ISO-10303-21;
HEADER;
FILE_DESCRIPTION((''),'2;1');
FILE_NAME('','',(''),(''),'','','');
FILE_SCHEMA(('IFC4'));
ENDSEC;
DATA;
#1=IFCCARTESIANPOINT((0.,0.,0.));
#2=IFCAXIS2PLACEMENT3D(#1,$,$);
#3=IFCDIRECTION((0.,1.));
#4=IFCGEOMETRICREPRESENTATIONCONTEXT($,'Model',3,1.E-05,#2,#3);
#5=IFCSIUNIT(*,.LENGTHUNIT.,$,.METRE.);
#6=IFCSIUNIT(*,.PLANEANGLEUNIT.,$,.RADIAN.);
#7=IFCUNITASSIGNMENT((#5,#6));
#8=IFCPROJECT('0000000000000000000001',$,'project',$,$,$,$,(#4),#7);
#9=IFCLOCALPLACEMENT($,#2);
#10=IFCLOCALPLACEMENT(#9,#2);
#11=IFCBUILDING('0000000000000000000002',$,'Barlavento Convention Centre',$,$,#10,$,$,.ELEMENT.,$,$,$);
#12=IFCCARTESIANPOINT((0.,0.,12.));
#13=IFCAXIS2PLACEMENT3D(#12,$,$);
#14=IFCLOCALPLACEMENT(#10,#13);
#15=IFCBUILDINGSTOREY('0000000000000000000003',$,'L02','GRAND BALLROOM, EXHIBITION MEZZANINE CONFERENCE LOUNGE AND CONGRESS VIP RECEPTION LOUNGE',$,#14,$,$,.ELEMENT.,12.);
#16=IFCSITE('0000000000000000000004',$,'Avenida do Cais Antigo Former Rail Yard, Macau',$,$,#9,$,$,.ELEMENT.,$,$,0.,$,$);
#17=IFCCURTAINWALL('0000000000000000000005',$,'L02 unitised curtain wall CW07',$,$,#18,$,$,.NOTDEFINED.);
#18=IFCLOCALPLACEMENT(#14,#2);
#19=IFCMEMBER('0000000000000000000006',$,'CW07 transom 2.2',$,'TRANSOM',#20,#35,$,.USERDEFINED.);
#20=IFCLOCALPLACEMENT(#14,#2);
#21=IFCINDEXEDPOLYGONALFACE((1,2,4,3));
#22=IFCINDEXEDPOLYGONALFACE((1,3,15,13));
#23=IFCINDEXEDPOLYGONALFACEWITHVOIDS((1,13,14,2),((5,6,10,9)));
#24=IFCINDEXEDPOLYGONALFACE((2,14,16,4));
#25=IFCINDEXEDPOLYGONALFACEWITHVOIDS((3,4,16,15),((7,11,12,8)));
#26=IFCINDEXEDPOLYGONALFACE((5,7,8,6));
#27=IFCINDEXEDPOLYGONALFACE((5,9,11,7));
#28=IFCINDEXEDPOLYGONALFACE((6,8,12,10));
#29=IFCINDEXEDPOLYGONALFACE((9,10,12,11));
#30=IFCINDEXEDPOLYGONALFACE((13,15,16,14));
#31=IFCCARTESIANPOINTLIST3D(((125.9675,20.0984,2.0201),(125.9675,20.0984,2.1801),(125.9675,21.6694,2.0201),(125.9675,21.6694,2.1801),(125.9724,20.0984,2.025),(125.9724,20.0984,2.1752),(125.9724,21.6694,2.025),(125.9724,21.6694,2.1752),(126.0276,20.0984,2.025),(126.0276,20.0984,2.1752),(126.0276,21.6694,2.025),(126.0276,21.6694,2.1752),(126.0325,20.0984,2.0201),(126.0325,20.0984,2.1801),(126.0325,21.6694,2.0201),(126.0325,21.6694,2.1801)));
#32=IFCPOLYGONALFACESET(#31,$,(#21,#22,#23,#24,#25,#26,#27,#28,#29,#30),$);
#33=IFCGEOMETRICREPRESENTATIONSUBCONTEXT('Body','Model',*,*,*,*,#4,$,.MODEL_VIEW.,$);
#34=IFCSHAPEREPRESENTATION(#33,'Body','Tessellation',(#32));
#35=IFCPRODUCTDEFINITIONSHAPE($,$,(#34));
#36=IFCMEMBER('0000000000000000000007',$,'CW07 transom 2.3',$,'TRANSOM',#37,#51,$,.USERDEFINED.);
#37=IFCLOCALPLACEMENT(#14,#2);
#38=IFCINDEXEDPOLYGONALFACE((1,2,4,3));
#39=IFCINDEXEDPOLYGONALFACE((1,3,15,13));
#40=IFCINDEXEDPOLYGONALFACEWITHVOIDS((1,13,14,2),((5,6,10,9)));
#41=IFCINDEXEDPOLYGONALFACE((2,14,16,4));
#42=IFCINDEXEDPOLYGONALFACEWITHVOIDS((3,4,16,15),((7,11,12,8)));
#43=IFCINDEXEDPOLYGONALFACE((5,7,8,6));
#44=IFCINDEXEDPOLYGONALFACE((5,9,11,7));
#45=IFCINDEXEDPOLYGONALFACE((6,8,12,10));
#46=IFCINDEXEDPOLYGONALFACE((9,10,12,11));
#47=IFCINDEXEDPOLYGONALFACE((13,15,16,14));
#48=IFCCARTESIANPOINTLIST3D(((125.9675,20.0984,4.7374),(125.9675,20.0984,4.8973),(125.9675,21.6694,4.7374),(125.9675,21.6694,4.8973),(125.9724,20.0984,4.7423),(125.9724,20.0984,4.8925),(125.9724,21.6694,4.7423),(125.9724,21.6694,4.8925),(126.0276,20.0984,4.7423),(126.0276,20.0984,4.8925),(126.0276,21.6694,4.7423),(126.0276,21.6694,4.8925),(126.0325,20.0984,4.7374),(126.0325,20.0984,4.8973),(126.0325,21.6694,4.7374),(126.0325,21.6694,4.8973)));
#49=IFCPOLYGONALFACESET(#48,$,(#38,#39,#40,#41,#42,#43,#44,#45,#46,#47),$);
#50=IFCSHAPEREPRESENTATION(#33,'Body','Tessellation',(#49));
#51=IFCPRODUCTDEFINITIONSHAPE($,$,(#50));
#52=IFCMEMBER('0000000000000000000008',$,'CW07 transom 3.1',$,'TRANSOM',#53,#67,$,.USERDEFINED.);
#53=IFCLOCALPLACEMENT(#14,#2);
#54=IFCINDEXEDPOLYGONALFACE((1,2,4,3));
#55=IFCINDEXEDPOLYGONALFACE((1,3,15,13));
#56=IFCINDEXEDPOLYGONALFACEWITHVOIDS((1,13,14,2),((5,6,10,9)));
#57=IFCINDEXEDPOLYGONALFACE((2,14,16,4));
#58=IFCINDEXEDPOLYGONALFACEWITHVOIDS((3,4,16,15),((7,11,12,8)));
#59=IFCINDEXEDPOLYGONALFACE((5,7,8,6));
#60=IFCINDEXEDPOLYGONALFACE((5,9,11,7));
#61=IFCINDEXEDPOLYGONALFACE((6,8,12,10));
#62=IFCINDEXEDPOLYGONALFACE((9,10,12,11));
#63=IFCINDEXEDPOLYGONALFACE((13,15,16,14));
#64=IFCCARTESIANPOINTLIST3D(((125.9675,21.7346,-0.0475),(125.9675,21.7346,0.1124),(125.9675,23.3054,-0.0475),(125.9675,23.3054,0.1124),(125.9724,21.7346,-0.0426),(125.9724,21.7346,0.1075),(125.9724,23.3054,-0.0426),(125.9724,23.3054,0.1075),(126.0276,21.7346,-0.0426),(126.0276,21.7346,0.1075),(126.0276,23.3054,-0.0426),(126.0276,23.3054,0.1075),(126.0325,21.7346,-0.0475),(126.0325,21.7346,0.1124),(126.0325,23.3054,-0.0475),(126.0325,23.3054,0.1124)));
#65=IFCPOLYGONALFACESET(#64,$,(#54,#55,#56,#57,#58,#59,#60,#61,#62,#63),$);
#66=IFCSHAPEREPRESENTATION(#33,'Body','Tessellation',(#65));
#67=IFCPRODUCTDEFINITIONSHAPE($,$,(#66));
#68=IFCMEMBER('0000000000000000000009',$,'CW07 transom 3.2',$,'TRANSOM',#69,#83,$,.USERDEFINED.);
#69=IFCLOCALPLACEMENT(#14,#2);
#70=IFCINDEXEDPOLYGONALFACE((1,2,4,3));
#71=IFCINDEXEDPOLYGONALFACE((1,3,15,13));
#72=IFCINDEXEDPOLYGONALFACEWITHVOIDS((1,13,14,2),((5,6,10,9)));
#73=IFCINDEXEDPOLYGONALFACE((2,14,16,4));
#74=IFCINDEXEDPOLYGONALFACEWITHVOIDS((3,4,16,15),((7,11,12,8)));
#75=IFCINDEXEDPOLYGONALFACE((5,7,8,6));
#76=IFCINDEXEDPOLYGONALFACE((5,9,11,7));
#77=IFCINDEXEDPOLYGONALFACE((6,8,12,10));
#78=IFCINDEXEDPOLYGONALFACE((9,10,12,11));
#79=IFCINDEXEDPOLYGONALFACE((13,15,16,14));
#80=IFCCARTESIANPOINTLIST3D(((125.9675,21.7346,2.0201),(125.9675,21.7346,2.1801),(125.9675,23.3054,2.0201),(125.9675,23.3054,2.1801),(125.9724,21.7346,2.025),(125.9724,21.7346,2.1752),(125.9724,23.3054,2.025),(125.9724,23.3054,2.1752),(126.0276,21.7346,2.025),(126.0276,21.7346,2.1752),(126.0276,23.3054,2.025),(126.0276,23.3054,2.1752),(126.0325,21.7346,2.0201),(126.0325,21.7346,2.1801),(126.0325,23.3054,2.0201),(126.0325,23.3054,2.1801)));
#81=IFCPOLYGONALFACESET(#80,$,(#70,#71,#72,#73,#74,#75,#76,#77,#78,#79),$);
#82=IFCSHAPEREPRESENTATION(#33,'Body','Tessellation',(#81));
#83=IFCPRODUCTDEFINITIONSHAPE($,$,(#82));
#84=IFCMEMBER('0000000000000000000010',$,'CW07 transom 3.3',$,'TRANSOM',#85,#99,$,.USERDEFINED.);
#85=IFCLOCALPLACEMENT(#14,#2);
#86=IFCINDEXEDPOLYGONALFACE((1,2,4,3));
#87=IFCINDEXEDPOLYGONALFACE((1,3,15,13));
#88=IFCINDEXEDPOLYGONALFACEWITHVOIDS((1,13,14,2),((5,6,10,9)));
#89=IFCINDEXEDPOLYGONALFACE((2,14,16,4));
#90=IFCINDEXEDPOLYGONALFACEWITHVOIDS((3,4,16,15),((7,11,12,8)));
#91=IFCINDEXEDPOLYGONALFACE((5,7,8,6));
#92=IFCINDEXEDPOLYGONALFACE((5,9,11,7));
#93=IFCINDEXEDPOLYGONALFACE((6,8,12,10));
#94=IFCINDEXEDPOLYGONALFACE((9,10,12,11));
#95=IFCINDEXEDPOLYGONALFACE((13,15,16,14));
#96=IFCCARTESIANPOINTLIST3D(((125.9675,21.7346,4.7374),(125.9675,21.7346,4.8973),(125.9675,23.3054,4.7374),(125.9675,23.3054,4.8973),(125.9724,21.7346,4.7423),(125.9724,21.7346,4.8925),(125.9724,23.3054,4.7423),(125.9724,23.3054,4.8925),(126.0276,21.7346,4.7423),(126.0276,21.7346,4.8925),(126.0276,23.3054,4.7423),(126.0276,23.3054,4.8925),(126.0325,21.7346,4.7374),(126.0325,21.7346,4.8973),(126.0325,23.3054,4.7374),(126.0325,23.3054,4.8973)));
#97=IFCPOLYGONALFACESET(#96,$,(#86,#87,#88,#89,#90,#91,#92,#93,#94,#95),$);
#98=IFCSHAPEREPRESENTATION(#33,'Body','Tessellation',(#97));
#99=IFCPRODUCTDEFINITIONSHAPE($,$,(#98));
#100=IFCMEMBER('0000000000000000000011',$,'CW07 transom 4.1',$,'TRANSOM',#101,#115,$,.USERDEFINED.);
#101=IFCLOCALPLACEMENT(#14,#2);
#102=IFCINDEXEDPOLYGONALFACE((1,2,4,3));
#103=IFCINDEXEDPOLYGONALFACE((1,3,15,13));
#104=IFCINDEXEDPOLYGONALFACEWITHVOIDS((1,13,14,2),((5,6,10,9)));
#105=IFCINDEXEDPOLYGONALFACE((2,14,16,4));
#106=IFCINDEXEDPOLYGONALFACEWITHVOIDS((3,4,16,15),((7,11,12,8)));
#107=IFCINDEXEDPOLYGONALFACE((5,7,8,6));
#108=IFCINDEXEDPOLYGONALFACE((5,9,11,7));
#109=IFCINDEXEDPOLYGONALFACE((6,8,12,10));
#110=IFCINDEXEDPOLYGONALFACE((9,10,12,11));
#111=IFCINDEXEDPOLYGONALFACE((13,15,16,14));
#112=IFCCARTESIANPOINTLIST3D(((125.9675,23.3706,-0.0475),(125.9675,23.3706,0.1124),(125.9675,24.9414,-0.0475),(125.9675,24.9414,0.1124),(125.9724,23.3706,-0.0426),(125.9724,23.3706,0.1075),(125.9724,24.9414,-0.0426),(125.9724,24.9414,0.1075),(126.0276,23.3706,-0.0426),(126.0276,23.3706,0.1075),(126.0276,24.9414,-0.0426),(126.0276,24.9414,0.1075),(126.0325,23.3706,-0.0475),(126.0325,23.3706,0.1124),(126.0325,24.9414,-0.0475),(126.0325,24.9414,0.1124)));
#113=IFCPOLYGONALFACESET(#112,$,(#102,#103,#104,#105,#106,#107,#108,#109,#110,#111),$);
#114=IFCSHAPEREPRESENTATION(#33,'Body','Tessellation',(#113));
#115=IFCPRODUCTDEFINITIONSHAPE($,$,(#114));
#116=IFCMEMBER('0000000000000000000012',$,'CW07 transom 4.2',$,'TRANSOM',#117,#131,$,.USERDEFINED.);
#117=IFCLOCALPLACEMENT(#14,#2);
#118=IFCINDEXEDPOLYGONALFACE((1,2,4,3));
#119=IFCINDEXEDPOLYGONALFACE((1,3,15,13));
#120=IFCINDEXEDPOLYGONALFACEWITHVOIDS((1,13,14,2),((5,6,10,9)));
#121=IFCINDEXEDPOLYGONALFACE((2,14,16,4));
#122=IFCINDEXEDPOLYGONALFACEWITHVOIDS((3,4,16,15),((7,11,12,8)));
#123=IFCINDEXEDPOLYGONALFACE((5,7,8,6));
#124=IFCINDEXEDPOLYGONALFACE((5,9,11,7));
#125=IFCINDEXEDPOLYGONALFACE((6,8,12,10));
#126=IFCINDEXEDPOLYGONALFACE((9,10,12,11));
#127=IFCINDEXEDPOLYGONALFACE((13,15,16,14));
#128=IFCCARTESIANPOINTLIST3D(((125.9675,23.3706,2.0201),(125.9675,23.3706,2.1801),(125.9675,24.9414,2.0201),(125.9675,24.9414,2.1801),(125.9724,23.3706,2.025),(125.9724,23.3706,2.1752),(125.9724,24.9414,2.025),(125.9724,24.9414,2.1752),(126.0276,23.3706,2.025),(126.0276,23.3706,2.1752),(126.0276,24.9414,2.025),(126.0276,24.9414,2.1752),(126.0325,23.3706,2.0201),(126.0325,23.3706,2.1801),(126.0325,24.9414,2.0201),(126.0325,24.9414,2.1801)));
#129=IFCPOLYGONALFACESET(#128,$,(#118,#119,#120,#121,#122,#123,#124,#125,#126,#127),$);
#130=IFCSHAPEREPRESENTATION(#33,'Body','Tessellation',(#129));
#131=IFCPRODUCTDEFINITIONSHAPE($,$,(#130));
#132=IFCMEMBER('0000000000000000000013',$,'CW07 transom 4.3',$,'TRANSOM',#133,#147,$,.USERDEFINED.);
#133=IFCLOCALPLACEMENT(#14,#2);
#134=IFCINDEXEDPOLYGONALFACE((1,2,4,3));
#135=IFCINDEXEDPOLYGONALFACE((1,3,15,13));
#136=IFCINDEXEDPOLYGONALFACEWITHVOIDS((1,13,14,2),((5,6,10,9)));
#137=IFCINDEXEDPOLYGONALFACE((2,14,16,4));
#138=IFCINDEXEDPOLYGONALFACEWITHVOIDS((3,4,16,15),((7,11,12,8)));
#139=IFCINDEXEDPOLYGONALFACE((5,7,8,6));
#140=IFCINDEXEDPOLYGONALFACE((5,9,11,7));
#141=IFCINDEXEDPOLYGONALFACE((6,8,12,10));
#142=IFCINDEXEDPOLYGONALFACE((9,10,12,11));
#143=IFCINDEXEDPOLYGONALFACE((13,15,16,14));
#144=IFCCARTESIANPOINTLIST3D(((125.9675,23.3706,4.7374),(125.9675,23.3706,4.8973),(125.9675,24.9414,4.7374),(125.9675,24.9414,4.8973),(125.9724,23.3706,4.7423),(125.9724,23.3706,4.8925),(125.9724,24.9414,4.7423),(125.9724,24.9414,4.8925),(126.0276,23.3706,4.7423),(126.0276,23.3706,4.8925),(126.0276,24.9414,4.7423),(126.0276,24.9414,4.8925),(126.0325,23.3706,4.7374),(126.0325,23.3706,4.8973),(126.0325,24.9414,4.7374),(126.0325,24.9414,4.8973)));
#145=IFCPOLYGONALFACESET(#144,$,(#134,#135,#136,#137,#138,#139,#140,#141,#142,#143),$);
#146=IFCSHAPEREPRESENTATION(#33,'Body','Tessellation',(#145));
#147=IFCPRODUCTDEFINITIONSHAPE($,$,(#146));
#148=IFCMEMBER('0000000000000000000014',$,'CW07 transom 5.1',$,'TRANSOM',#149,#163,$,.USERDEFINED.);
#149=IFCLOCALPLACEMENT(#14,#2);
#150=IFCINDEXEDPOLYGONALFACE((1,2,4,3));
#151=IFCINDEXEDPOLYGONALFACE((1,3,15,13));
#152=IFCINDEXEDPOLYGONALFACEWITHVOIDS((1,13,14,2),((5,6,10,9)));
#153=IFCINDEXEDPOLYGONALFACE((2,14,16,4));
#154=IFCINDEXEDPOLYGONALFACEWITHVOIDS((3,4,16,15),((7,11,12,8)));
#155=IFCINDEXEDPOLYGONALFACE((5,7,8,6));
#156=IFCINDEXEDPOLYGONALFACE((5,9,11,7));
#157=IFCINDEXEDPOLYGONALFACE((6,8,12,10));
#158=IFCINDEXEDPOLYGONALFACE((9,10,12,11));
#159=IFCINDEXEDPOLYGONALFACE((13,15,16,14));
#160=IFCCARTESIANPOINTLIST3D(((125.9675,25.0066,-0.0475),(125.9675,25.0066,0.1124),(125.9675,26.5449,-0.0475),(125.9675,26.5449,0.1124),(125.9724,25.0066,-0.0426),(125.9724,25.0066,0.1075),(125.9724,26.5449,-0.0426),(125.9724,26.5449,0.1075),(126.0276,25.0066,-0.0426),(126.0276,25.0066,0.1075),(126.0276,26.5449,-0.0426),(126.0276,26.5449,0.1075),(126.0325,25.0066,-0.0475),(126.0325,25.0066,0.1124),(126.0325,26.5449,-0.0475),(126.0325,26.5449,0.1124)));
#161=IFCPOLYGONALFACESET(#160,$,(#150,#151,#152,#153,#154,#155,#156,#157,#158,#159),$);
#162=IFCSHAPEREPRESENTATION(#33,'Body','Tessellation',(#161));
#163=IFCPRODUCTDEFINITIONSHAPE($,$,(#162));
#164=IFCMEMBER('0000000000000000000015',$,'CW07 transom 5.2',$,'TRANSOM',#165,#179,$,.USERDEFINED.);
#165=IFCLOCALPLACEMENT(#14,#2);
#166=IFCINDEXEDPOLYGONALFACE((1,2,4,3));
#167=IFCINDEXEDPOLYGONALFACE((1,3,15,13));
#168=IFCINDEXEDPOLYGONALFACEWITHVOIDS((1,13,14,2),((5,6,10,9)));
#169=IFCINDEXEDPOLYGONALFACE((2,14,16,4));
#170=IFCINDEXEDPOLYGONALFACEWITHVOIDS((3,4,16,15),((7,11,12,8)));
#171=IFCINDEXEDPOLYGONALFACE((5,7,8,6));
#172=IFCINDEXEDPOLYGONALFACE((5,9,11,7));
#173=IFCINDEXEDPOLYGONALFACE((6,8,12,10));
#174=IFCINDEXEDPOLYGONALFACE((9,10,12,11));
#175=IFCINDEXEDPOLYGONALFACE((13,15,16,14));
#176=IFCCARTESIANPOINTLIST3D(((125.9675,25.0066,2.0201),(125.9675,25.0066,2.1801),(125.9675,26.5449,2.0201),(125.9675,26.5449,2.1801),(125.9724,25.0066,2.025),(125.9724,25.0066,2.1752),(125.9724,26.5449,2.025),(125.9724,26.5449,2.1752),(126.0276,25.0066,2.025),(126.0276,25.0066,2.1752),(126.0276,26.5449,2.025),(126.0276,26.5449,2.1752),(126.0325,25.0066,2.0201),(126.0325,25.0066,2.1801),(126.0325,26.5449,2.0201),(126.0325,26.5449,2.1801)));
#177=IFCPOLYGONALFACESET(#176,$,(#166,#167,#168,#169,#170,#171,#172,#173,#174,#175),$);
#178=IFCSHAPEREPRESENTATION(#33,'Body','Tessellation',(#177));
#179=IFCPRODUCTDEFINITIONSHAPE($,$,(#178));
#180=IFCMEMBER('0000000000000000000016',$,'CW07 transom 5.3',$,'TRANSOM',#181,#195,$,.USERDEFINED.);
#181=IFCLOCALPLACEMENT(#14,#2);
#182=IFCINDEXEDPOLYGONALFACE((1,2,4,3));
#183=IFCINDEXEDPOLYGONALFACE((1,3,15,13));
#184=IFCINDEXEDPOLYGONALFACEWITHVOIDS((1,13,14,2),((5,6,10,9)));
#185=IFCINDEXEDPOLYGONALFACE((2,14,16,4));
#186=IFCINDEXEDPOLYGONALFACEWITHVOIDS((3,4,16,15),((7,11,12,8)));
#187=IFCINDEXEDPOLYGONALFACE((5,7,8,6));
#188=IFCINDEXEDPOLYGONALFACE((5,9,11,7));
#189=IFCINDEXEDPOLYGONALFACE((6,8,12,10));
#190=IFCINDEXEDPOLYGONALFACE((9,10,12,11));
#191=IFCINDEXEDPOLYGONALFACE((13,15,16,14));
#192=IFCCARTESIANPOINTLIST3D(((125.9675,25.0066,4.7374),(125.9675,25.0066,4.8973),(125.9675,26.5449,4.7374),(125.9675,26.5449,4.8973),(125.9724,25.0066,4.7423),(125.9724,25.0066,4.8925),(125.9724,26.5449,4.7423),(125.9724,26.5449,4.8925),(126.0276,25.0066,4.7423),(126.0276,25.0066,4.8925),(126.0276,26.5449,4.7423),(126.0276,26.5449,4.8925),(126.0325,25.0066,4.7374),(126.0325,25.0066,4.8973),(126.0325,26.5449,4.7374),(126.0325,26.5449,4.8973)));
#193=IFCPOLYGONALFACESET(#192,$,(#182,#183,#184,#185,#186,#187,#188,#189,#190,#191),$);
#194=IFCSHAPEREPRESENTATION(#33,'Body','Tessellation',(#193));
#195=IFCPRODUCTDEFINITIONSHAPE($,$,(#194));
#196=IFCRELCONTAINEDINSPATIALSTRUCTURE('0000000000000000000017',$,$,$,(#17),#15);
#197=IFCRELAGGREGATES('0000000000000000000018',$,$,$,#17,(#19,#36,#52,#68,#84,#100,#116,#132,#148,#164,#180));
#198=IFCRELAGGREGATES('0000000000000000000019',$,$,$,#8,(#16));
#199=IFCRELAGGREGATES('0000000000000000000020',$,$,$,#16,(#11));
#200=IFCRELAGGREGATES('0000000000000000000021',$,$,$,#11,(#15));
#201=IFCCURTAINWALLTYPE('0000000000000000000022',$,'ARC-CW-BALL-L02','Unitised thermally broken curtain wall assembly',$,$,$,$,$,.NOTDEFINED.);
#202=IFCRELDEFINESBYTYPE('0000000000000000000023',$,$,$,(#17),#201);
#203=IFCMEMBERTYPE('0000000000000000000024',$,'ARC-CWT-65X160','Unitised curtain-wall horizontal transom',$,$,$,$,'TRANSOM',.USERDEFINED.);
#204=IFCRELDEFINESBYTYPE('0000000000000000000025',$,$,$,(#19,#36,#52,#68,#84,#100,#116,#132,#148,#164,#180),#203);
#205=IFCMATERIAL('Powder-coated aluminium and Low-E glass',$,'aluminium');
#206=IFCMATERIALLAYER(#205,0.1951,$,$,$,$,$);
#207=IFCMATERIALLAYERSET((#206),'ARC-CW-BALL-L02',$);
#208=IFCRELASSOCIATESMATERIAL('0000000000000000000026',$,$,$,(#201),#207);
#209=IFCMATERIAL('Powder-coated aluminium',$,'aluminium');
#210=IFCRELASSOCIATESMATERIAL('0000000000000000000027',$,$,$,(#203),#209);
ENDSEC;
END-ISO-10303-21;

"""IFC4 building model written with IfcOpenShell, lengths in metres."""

from ifc_helpers import new_model, si_unit, direction, frame, origin, origin_2d, place, context, subcontext, project, spatial, hollow_rectangle, extrude, material, layer, layer_set, material_profile, profile_set, type_object, element, aggregate, save


model = new_model("IFC4")

# Units and contexts
model_context = context("Model", 3, precision=1e-05, world=origin(), true_north=direction((0.0, 1.0)))
body_context = subcontext(model_context, "Body", "Model", "MODEL_VIEW")
ifc_project = project(units=[si_unit("LENGTHUNIT", "METRE"), si_unit("PLANEANGLEUNIT", "RADIAN")], contexts=[model_context])

# Site, building, storey
site_placement = place(None, origin())
site = spatial("IfcSite", under=ifc_project, at=site_placement, Name="Avenida do Cais Antigo Former Rail Yard, Macau", CompositionType="ELEMENT", RefElevation=0.0)
building_placement = place(site_placement, origin())
building = spatial("IfcBuilding", under=site, at=building_placement, Name="Barlavento Convention Centre", CompositionType="ELEMENT")
storey_placement = place(building_placement, frame((0.0, 0.0, 12.0)))
storey = spatial("IfcBuildingStorey", under=building, at=storey_placement, Name="L02", Description="GRAND BALLROOM, EXHIBITION MEZZANINE CONFERENCE LOUNGE AND CONGRESS VIP RECEPTION LOUNGE", CompositionType="ELEMENT", Elevation=12.0)

# Shared definitions
ifc_material_1 = material(Name="Powder-coated aluminium and Low-E glass", Category="aluminium")
ifc_layer_1 = layer(ifc_material_1, 0.1951)
ifc_layer_set_1 = layer_set([ifc_layer_1], Name="ARC-CW-BALL-L02")
curtain_wall_type = type_object("IfcCurtainWallType", Name="ARC-CW-BALL-L02", Description="Unitised thermally broken curtain wall assembly", PredefinedType="NOTDEFINED", material=ifc_layer_set_1)
ifc_material_2 = material(Name="Powder-coated aluminium", Category="aluminium")

# Curtain wall, members
curtain_wall_1_placement = place(storey_placement, origin())
curtain_wall_1 = element("IfcCurtainWall", 1, at=curtain_wall_1_placement, inside=storey, type_object=curtain_wall_type, Name="L02 unitised curtain wall CW07", PredefinedType="NOTDEFINED")
ifc_material_profile_1 = material_profile(ifc_material_2, hollow_rectangle(XDim=0.0649, YDim=0.1599, WallThickness=0.0049, at=origin_2d()), Name="AL-TRAN 65x160x5")
ifc_profile_set_1 = profile_set([ifc_material_profile_1], Name="Powder-coated aluminium")
member_type_1 = type_object("IfcMemberType", Name="ARC-CWT-65X160", Description="Unitised curtain-wall horizontal transom", ElementType="TRANSOM", PredefinedType="USERDEFINED", material=ifc_profile_set_1)
member_1_placement = place(storey_placement, frame((126.0, 20.0984, 2.1001), z_axis=(0.0, 1.0, 0.0), x_axis=(-1.0, 0.0, 0.0)))
member_1 = element("IfcMember", 2, at=member_1_placement, type_object=member_type_1, Name="CW07 transom 2.2", ObjectType="TRANSOM", PredefinedType="USERDEFINED", context=body_context, shape_type="SweptSolid", body=[
    extrude(hollow_rectangle(XDim=0.0649, YDim=0.1599, WallThickness=0.0049, at=origin_2d()), origin(), (0.0, 0.0, 1.0), 1.571),
])
member_2_placement = place(storey_placement, frame((126.0, 20.0984, 4.8174), z_axis=(0.0, 1.0, 0.0), x_axis=(-1.0, 0.0, 0.0)))
member_2 = element("IfcMember", 3, at=member_2_placement, type_object=member_type_1, Name="CW07 transom 2.3", ObjectType="TRANSOM", PredefinedType="USERDEFINED", context=body_context, shape_type="SweptSolid", body=[
    extrude(hollow_rectangle(XDim=0.0649, YDim=0.1599, WallThickness=0.0049, at=origin_2d()), origin(), (0.0, 0.0, 1.0), 1.571),
])
member_3_placement = place(storey_placement, frame((126.0, 21.7346, 0.0325), z_axis=(0.0, 1.0, 0.0), x_axis=(-1.0, 0.0, 0.0)))
member_3 = element("IfcMember", 4, at=member_3_placement, type_object=member_type_1, Name="CW07 transom 3.1", ObjectType="TRANSOM", PredefinedType="USERDEFINED", context=body_context, shape_type="SweptSolid", body=[
    extrude(hollow_rectangle(XDim=0.0649, YDim=0.1599, WallThickness=0.0049, at=origin_2d()), origin(), (0.0, 0.0, 1.0), 1.5708),
])
member_4_placement = place(storey_placement, frame((126.0, 21.7346, 2.1001), z_axis=(0.0, 1.0, 0.0), x_axis=(-1.0, 0.0, 0.0)))
member_4 = element("IfcMember", 5, at=member_4_placement, type_object=member_type_1, Name="CW07 transom 3.2", ObjectType="TRANSOM", PredefinedType="USERDEFINED", context=body_context, shape_type="SweptSolid", body=[
    extrude(hollow_rectangle(XDim=0.0649, YDim=0.1599, WallThickness=0.0049, at=origin_2d()), origin(), (0.0, 0.0, 1.0), 1.5708),
])
member_5_placement = place(storey_placement, frame((126.0, 21.7346, 4.8174), z_axis=(0.0, 1.0, 0.0), x_axis=(-1.0, 0.0, 0.0)))
member_5 = element("IfcMember", 6, at=member_5_placement, type_object=member_type_1, Name="CW07 transom 3.3", ObjectType="TRANSOM", PredefinedType="USERDEFINED", context=body_context, shape_type="SweptSolid", body=[
    extrude(hollow_rectangle(XDim=0.0649, YDim=0.1599, WallThickness=0.0049, at=origin_2d()), origin(), (0.0, 0.0, 1.0), 1.5708),
])
member_6_placement = place(storey_placement, frame((126.0, 23.3706, 0.0325), z_axis=(0.0, 1.0, 0.0), x_axis=(-1.0, 0.0, 0.0)))
member_6 = element("IfcMember", 7, at=member_6_placement, type_object=member_type_1, Name="CW07 transom 4.1", ObjectType="TRANSOM", PredefinedType="USERDEFINED", context=body_context, shape_type="SweptSolid", body=[
    extrude(hollow_rectangle(XDim=0.0649, YDim=0.1599, WallThickness=0.0049, at=origin_2d()), origin(), (0.0, 0.0, 1.0), 1.5708),
])
member_7_placement = place(storey_placement, frame((126.0, 23.3706, 2.1001), z_axis=(0.0, 1.0, 0.0), x_axis=(-1.0, 0.0, 0.0)))
member_7 = element("IfcMember", 8, at=member_7_placement, type_object=member_type_1, Name="CW07 transom 4.2", ObjectType="TRANSOM", PredefinedType="USERDEFINED", context=body_context, shape_type="SweptSolid", body=[
    extrude(hollow_rectangle(XDim=0.0649, YDim=0.1599, WallThickness=0.0049, at=origin_2d()), origin(), (0.0, 0.0, 1.0), 1.5708),
])
member_8_placement = place(storey_placement, frame((126.0, 23.3706, 4.8174), z_axis=(0.0, 1.0, 0.0), x_axis=(-1.0, 0.0, 0.0)))
member_8 = element("IfcMember", 9, at=member_8_placement, type_object=member_type_1, Name="CW07 transom 4.3", ObjectType="TRANSOM", PredefinedType="USERDEFINED", context=body_context, shape_type="SweptSolid", body=[
    extrude(hollow_rectangle(XDim=0.0649, YDim=0.1599, WallThickness=0.0049, at=origin_2d()), origin(), (0.0, 0.0, 1.0), 1.5708),
])
member_9_placement = place(storey_placement, frame((126.0, 25.0066, 0.0325), z_axis=(0.0, 1.0, 0.0), x_axis=(-1.0, 0.0, 0.0)))
member_9 = element("IfcMember", 10, at=member_9_placement, type_object=member_type_1, Name="CW07 transom 5.1", ObjectType="TRANSOM", PredefinedType="USERDEFINED", context=body_context, shape_type="SweptSolid", body=[
    extrude(hollow_rectangle(XDim=0.0649, YDim=0.1599, WallThickness=0.0049, at=origin_2d()), origin(), (0.0, 0.0, 1.0), 1.5383),
])
member_10_placement = place(storey_placement, frame((126.0, 25.0066, 2.1001), z_axis=(0.0, 1.0, 0.0), x_axis=(-1.0, 0.0, 0.0)))
member_10 = element("IfcMember", 11, at=member_10_placement, type_object=member_type_1, Name="CW07 transom 5.2", ObjectType="TRANSOM", PredefinedType="USERDEFINED", context=body_context, shape_type="SweptSolid", body=[
    extrude(hollow_rectangle(XDim=0.0649, YDim=0.1599, WallThickness=0.0049, at=origin_2d()), origin(), (0.0, 0.0, 1.0), 1.5383),
])
member_11_placement = place(storey_placement, frame((126.0, 25.0066, 4.8174), z_axis=(0.0, 1.0, 0.0), x_axis=(-1.0, 0.0, 0.0)))
member_11 = element("IfcMember", 12, at=member_11_placement, type_object=member_type_1, Name="CW07 transom 5.3", ObjectType="TRANSOM", PredefinedType="USERDEFINED", context=body_context, shape_type="SweptSolid", body=[
    extrude(hollow_rectangle(XDim=0.0649, YDim=0.1599, WallThickness=0.0049, at=origin_2d()), origin(), (0.0, 0.0, 1.0), 1.5383),
])

aggregate(curtain_wall_1, [member_1, member_2, member_3, member_4, member_5, member_6, member_7, member_8, member_9, member_10, member_11])

save(model, "model.ifc")
